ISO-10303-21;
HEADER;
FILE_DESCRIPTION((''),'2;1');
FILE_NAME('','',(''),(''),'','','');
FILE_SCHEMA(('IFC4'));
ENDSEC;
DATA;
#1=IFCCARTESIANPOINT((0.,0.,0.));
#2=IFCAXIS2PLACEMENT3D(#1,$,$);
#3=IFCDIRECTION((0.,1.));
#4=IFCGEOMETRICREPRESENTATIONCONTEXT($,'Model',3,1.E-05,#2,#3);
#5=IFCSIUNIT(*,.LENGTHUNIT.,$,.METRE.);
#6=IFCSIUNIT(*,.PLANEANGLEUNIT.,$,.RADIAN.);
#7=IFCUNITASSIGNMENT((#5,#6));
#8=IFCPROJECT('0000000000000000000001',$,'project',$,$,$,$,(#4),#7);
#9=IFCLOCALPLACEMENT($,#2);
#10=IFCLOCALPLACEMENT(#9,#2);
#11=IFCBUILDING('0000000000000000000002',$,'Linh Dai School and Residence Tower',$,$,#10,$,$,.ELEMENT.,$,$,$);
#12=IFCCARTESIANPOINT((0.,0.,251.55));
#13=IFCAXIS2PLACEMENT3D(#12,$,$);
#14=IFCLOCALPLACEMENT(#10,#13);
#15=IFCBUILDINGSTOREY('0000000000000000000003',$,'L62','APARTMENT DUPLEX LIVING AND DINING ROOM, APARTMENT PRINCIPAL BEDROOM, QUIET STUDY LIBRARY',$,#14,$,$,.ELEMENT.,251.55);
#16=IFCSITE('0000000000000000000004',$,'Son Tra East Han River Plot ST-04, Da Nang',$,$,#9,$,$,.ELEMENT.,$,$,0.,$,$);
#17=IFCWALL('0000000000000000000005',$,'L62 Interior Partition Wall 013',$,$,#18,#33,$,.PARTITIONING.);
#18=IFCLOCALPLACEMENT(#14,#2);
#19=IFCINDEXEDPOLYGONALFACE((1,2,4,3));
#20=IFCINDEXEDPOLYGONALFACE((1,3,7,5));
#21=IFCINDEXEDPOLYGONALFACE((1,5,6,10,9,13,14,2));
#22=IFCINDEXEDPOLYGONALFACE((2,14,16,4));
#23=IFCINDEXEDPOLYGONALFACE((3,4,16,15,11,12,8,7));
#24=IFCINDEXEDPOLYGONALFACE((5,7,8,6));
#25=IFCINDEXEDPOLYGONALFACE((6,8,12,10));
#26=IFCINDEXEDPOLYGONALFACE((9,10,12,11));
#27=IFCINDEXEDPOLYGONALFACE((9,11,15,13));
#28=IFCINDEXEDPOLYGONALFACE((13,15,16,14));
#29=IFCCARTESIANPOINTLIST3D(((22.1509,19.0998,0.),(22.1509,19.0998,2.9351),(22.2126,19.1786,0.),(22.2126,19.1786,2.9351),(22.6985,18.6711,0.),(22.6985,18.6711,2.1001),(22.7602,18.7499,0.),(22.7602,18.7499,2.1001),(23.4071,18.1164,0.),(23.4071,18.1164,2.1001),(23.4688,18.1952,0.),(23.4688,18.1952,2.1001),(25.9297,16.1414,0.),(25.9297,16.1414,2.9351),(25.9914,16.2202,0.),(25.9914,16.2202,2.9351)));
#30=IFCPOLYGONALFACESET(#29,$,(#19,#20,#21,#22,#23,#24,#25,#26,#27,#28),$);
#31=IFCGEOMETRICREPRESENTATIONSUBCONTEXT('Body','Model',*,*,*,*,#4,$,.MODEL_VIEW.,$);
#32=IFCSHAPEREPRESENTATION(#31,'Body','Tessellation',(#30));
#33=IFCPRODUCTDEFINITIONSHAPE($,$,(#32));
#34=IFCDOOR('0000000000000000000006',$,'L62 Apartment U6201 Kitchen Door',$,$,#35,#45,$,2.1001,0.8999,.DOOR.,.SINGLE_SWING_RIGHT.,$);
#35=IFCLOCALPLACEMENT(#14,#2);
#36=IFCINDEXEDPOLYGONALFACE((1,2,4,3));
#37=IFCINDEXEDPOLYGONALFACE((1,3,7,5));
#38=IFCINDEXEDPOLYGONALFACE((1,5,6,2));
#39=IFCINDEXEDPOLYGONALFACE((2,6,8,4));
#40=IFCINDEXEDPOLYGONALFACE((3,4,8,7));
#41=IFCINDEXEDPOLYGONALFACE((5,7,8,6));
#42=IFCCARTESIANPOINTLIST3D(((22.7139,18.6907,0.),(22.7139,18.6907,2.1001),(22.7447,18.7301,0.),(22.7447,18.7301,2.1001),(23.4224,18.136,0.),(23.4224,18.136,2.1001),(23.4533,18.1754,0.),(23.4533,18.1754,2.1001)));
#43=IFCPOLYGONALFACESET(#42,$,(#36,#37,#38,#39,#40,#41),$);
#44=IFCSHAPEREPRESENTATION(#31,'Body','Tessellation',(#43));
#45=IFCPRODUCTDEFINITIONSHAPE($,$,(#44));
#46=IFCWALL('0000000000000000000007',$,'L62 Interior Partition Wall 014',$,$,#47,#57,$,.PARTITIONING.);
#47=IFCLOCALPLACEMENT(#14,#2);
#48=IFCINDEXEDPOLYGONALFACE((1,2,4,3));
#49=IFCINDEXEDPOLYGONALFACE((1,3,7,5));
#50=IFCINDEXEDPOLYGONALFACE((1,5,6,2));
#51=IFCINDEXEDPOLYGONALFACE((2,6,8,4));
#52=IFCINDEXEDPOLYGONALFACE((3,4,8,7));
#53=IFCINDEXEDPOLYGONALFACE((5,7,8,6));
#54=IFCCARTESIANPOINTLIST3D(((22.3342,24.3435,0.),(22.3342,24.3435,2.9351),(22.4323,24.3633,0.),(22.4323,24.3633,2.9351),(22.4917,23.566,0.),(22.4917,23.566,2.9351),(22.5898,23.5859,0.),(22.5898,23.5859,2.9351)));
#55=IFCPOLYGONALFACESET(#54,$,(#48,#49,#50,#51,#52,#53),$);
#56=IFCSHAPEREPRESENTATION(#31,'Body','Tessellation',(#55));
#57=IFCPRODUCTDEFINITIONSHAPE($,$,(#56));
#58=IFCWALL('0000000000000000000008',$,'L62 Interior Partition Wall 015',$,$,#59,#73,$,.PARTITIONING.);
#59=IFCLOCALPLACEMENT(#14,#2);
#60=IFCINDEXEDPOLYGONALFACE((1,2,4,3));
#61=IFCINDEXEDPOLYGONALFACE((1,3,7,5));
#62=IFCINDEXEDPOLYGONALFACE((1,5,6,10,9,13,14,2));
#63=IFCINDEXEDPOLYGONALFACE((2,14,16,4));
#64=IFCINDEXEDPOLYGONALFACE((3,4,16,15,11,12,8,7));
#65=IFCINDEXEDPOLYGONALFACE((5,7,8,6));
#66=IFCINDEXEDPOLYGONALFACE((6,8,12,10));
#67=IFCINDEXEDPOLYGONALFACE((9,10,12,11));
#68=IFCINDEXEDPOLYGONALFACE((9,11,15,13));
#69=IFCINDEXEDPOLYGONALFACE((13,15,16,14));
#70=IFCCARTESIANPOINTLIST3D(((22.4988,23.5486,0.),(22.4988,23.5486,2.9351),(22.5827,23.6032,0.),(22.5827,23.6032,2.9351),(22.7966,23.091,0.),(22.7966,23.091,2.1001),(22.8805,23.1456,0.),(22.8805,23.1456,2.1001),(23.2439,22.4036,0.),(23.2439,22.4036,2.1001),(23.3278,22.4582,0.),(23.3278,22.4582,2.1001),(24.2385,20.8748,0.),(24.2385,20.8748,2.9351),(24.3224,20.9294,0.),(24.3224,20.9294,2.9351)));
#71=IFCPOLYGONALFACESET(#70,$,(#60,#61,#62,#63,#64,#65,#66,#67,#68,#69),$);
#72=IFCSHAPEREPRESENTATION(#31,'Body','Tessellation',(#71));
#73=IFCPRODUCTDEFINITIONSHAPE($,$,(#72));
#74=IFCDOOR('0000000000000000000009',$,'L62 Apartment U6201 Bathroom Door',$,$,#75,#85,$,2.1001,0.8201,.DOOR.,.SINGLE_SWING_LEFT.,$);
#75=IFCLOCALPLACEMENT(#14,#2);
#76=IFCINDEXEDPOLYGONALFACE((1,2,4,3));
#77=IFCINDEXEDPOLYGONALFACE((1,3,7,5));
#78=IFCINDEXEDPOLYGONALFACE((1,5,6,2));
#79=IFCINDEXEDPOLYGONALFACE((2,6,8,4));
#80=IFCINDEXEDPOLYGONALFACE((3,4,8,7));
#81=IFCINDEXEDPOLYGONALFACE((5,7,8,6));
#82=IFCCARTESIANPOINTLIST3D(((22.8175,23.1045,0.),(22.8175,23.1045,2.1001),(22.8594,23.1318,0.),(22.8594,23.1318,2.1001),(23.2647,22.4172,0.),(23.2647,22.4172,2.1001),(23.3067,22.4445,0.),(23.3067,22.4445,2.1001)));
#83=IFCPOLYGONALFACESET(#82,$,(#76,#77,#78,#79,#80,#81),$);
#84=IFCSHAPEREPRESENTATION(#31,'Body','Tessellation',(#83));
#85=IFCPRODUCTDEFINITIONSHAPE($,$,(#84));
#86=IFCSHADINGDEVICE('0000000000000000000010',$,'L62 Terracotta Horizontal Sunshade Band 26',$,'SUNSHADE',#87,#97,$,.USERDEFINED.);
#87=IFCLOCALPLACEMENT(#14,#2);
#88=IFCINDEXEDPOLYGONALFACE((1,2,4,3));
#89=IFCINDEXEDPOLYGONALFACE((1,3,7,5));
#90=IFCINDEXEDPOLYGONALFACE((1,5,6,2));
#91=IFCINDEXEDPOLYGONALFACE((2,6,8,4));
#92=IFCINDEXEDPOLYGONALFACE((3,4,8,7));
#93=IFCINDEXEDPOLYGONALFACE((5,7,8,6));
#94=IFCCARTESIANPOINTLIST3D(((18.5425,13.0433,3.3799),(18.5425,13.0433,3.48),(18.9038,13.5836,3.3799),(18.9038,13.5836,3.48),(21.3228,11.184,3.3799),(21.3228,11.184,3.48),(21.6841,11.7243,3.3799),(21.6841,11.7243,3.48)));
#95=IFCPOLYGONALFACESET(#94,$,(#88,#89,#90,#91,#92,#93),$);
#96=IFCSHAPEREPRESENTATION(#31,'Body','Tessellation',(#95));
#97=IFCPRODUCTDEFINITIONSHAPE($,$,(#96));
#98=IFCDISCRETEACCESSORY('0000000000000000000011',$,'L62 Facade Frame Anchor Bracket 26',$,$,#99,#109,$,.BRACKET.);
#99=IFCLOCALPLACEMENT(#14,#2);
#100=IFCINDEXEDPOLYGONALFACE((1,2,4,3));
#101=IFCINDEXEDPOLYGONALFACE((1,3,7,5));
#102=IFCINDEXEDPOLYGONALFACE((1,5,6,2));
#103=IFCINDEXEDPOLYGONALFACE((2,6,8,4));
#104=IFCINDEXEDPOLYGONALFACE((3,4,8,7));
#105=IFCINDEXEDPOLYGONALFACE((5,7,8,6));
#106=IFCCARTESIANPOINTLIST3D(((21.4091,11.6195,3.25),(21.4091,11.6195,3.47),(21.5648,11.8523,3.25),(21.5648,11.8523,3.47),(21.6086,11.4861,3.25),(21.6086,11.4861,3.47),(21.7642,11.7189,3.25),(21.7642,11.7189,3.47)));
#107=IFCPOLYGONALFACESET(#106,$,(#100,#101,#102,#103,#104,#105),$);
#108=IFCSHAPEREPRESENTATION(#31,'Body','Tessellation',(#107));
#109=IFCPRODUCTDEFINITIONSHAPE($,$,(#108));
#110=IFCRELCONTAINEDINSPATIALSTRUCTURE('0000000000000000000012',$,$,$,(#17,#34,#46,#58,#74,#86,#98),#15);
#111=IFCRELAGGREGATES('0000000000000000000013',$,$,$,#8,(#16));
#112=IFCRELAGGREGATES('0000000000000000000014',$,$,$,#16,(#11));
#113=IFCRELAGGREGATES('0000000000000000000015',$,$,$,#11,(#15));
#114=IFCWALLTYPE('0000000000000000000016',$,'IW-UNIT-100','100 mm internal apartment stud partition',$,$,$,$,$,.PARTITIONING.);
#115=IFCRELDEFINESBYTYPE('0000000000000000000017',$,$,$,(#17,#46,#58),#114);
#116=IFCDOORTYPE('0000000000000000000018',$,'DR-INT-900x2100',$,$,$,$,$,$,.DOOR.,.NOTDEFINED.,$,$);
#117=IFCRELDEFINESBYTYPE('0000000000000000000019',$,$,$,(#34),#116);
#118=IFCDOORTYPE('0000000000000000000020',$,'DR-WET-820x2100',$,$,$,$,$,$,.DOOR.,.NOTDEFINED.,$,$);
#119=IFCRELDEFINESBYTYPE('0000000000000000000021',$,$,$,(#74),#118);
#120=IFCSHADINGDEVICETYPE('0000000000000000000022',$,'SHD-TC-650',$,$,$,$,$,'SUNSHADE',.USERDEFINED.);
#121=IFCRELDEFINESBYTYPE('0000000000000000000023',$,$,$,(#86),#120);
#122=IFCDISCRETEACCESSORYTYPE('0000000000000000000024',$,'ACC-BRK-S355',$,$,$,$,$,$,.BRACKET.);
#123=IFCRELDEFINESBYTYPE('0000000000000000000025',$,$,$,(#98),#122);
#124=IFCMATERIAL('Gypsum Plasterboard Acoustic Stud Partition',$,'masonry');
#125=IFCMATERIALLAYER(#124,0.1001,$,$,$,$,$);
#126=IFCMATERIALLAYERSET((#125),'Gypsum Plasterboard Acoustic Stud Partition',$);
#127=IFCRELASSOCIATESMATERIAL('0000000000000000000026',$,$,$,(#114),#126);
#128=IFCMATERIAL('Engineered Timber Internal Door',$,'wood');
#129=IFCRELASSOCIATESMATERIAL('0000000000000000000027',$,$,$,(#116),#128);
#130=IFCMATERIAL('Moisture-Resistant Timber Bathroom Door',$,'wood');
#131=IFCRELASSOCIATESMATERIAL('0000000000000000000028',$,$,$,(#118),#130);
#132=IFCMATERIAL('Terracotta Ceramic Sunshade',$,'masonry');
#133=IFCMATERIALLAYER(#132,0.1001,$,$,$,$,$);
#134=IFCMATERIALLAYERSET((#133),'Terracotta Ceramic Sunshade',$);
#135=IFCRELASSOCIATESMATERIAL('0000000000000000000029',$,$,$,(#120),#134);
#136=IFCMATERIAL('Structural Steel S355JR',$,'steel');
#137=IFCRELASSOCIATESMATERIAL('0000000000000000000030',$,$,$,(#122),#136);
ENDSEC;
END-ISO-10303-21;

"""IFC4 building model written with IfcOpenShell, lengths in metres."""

from ifc_helpers import new_model, si_unit, direction, frame, frame_2d, origin, origin_2d, place, context, subcontext, project, spatial, rectangle, extrude, source, transform, mapped, material, layer, layer_set, type_object, element, fill, save


model = new_model("IFC4")

# Units and contexts
model_context = context("Model", 3, precision=1e-05, world=origin(), true_north=direction((0.0, 1.0)))
body_context = subcontext(model_context, "Body", "Model", "MODEL_VIEW")
ifc_project = project(units=[si_unit("LENGTHUNIT", "METRE"), si_unit("PLANEANGLEUNIT", "RADIAN")], contexts=[model_context])

# Site, building, storey
site_placement = place(None, origin())
site = spatial("IfcSite", under=ifc_project, at=site_placement, Name="Son Tra East Han River Plot ST-04, Da Nang", CompositionType="ELEMENT", RefElevation=0.0)
building_placement = place(site_placement, origin())
building = spatial("IfcBuilding", under=site, at=building_placement, Name="Linh Dai School and Residence Tower", CompositionType="ELEMENT")
storey_placement = place(building_placement, frame((0.0, 0.0, 251.55)))
storey = spatial("IfcBuildingStorey", under=building, at=storey_placement, Name="L62", Description="APARTMENT DUPLEX LIVING AND DINING ROOM, APARTMENT PRINCIPAL BEDROOM, QUIET STUDY LIBRARY", CompositionType="ELEMENT", Elevation=251.55)

# Shared definitions
ifc_material_1 = material(Name="Structural Steel S355JR", Category="steel")

# Shared definitions
ifc_material_2 = material(Name="Gypsum Plasterboard Acoustic Stud Partition", Category="masonry")
ifc_layer_1 = layer(ifc_material_2, 0.1001)
ifc_layer_set_1 = layer_set([ifc_layer_1], Name="Gypsum Plasterboard Acoustic Stud Partition")
wall_type_1 = type_object("IfcWallType", Name="IW-UNIT-100", Description="100 mm internal apartment stud partition", PredefinedType="PARTITIONING", material=ifc_layer_set_1)

# Wall, opening, door
wall_1_placement = place(storey_placement, frame((22.1819, 19.1392, 0.0), z_axis=(0.0, 0.0, 1.0), x_axis=(0.787387, -0.616459, 0.0)))
wall_1 = element("IfcWall", 1, at=wall_1_placement, inside=storey, type_object=wall_type_1, Name="L62 Interior Partition Wall 013", PredefinedType="PARTITIONING", context=body_context, shape_type="SweptSolid", body=[
    extrude(rectangle(XDim=4.7991, YDim=0.1001, at=frame_2d((2.3994, 0.0))), origin(), (0.0, 0.0, 1.0), 2.9351),
])
opening_1_placement = place(wall_1_placement, frame((0.6953, 0.0, 0.0)))
opening_1 = element("IfcOpeningElement", 2, at=opening_1_placement, cuts=wall_1, PredefinedType="OPENING", context=body_context, shape_type="SweptSolid", body=[
    extrude(rectangle(XDim=0.8999, YDim=2.1001, at=origin_2d()), frame((0.45, 0.0601, 1.05), z_axis=(0.0, -1.0, 0.0), x_axis=(1.0, 0.0, 0.0)), (0.0, 0.0, 1.0), 0.1201),
])
ifc_material_3 = material(Name="Engineered Timber Internal Door", Category="wood")
door_type_1 = type_object("IfcDoorType", Name="DR-INT-900x2100", OperationType="NOTDEFINED", PredefinedType="DOOR", material=ifc_material_3)
shared_shape_1 = source(origin(), body_context, "Body", "SweptSolid", [
    extrude(rectangle(XDim=0.8999, YDim=2.1001, at=origin_2d()), frame((0.45, 0.0249, 1.05), z_axis=(0.0, -1.0, 0.0), x_axis=(1.0, 0.0, 0.0)), (0.0, 0.0, 1.0), 0.05),
])
door_1_placement = place(opening_1_placement, origin())
door_1 = element("IfcDoor", 3, at=door_1_placement, inside=storey, type_object=door_type_1, Name="L62 Apartment U6201 Kitchen Door", OperationType="SINGLE_SWING_RIGHT", OverallHeight=2.1001, OverallWidth=0.8999, PredefinedType="DOOR", context=body_context, shape_type="MappedRepresentation", body=[
    mapped(shared_shape_1, transform((0.0, 0.0, 0.0), x_axis=(1.0, 0.0, 0.0), y_axis=(0.0, 1.0, 0.0), z_axis=(0.0, 0.0, 1.0), scale=1.0)),
])
fill(opening_1, door_1)

# Wall
wall_2_placement = place(storey_placement, frame((22.3833, 24.3533, 0.0), z_axis=(0.0, 0.0, 1.0), x_axis=(0.198543, -0.980092, 0.0)))
element("IfcWall", 4, at=wall_2_placement, inside=storey, type_object=wall_type_1, Name="L62 Interior Partition Wall 014", PredefinedType="PARTITIONING", context=body_context, shape_type="SweptSolid", body=[
    extrude(rectangle(XDim=0.7932, YDim=0.1001, at=frame_2d((0.3965, 0.0))), origin(), (0.0, 0.0, 1.0), 2.9351),
])

# Wall, opening, door
wall_3_placement = place(storey_placement, frame((22.5408, 23.5759, 0.0), z_axis=(0.0, 0.0, 1.0), x_axis=(0.545376, -0.838192, 0.0)))
wall_3 = element("IfcWall", 5, at=wall_3_placement, inside=storey, type_object=wall_type_1, Name="L62 Interior Partition Wall 015", PredefinedType="PARTITIONING", context=body_context, shape_type="SweptSolid", body=[
    extrude(rectangle(XDim=3.1899, YDim=0.1001, at=frame_2d((1.595, 0.0))), origin(), (0.0, 0.0, 1.0), 2.9351),
])
opening_2_placement = place(wall_3_placement, frame((0.5459, 0.0, 0.0)))
opening_2 = element("IfcOpeningElement", 6, at=opening_2_placement, cuts=wall_3, PredefinedType="OPENING", context=body_context, shape_type="SweptSolid", body=[
    extrude(rectangle(XDim=0.8201, YDim=2.1001, at=origin_2d()), frame((0.4102, 0.0601, 1.05), z_axis=(0.0, -1.0, 0.0), x_axis=(1.0, 0.0, 0.0)), (0.0, 0.0, 1.0), 0.1201),
])
ifc_material_4 = material(Name="Moisture-Resistant Timber Bathroom Door", Category="wood")
door_type_2 = type_object("IfcDoorType", Name="DR-WET-820x2100", OperationType="NOTDEFINED", PredefinedType="DOOR", material=ifc_material_4)
shared_shape_2 = source(origin(), body_context, "Body", "SweptSolid", [
    extrude(rectangle(XDim=0.8201, YDim=2.1001, at=origin_2d()), frame((0.4102, 0.0249, 1.05), z_axis=(0.0, -1.0, 0.0), x_axis=(1.0, 0.0, 0.0)), (0.0, 0.0, 1.0), 0.05),
])
door_2_placement = place(opening_2_placement, origin())
door_2 = element("IfcDoor", 7, at=door_2_placement, inside=storey, type_object=door_type_2, Name="L62 Apartment U6201 Bathroom Door", OperationType="SINGLE_SWING_LEFT", OverallHeight=2.1001, OverallWidth=0.8201, PredefinedType="DOOR", context=body_context, shape_type="MappedRepresentation", body=[
    mapped(shared_shape_2, transform((0.0, 0.0, 0.0), x_axis=(1.0, 0.0, 0.0), y_axis=(0.0, 1.0, 0.0), z_axis=(0.0, 0.0, 1.0), scale=1.0)),
])
fill(opening_2, door_2)

# Shading device
ifc_material_5 = material(Name="Terracotta Ceramic Sunshade", Category="masonry")
ifc_layer_2 = layer(ifc_material_5, 0.1001)
ifc_layer_set_2 = layer_set([ifc_layer_2], Name="Terracotta Ceramic Sunshade")
shading_device_type = type_object("IfcShadingDeviceType", Name="SHD-TC-650", ElementType="SUNSHADE", PredefinedType="USERDEFINED", material=ifc_layer_set_2)
shared_shape_3 = source(origin(), body_context, "Body", "SweptSolid", [
    extrude(rectangle(XDim=3.3447, YDim=0.6499, at=origin_2d()), origin(), (0.0, 0.0, 1.0), 0.1001),
])
shading_device_placement = place(storey_placement, frame((20.1133, 12.3838, 3.3799), z_axis=(0.0, 0.0, 1.0), x_axis=(-0.831258, 0.555887, 0.0)))
element("IfcShadingDevice", 8, at=shading_device_placement, inside=storey, type_object=shading_device_type, Name="L62 Terracotta Horizontal Sunshade Band 26", ObjectType="SUNSHADE", PredefinedType="USERDEFINED", context=body_context, shape_type="MappedRepresentation", body=[
    mapped(shared_shape_3, transform((0.0, 0.0, 0.0), x_axis=(1.0, 0.0, 0.0), y_axis=(0.0, 1.0, 0.0), z_axis=(0.0, 0.0, 1.0), scale=1.0)),
])

# Discrete accessory
discrete_accessory_type = type_object("IfcDiscreteAccessoryType", Name="ACC-BRK-S355", PredefinedType="BRACKET", material=ifc_material_1)
shared_shape_4 = source(origin(), body_context, "Body", "SweptSolid", [
    extrude(rectangle(XDim=0.28, YDim=0.24, at=origin_2d()), origin(), (0.0, 0.0, 1.0), 0.22),
])
discrete_accessory_placement = place(storey_placement, frame((21.5867, 11.6692, 3.25), z_axis=(0.0, 0.0, 1.0), x_axis=(-0.555887, -0.831258, 0.0)))
element("IfcDiscreteAccessory", 9, at=discrete_accessory_placement, inside=storey, type_object=discrete_accessory_type, Name="L62 Facade Frame Anchor Bracket 26", PredefinedType="BRACKET", context=body_context, shape_type="MappedRepresentation", body=[
    mapped(shared_shape_4, transform((0.0, 0.0, 0.0), x_axis=(1.0, 0.0, 0.0), y_axis=(0.0, 1.0, 0.0), z_axis=(0.0, 0.0, 1.0), scale=1.0)),
])

save(model, "model.ifc")
